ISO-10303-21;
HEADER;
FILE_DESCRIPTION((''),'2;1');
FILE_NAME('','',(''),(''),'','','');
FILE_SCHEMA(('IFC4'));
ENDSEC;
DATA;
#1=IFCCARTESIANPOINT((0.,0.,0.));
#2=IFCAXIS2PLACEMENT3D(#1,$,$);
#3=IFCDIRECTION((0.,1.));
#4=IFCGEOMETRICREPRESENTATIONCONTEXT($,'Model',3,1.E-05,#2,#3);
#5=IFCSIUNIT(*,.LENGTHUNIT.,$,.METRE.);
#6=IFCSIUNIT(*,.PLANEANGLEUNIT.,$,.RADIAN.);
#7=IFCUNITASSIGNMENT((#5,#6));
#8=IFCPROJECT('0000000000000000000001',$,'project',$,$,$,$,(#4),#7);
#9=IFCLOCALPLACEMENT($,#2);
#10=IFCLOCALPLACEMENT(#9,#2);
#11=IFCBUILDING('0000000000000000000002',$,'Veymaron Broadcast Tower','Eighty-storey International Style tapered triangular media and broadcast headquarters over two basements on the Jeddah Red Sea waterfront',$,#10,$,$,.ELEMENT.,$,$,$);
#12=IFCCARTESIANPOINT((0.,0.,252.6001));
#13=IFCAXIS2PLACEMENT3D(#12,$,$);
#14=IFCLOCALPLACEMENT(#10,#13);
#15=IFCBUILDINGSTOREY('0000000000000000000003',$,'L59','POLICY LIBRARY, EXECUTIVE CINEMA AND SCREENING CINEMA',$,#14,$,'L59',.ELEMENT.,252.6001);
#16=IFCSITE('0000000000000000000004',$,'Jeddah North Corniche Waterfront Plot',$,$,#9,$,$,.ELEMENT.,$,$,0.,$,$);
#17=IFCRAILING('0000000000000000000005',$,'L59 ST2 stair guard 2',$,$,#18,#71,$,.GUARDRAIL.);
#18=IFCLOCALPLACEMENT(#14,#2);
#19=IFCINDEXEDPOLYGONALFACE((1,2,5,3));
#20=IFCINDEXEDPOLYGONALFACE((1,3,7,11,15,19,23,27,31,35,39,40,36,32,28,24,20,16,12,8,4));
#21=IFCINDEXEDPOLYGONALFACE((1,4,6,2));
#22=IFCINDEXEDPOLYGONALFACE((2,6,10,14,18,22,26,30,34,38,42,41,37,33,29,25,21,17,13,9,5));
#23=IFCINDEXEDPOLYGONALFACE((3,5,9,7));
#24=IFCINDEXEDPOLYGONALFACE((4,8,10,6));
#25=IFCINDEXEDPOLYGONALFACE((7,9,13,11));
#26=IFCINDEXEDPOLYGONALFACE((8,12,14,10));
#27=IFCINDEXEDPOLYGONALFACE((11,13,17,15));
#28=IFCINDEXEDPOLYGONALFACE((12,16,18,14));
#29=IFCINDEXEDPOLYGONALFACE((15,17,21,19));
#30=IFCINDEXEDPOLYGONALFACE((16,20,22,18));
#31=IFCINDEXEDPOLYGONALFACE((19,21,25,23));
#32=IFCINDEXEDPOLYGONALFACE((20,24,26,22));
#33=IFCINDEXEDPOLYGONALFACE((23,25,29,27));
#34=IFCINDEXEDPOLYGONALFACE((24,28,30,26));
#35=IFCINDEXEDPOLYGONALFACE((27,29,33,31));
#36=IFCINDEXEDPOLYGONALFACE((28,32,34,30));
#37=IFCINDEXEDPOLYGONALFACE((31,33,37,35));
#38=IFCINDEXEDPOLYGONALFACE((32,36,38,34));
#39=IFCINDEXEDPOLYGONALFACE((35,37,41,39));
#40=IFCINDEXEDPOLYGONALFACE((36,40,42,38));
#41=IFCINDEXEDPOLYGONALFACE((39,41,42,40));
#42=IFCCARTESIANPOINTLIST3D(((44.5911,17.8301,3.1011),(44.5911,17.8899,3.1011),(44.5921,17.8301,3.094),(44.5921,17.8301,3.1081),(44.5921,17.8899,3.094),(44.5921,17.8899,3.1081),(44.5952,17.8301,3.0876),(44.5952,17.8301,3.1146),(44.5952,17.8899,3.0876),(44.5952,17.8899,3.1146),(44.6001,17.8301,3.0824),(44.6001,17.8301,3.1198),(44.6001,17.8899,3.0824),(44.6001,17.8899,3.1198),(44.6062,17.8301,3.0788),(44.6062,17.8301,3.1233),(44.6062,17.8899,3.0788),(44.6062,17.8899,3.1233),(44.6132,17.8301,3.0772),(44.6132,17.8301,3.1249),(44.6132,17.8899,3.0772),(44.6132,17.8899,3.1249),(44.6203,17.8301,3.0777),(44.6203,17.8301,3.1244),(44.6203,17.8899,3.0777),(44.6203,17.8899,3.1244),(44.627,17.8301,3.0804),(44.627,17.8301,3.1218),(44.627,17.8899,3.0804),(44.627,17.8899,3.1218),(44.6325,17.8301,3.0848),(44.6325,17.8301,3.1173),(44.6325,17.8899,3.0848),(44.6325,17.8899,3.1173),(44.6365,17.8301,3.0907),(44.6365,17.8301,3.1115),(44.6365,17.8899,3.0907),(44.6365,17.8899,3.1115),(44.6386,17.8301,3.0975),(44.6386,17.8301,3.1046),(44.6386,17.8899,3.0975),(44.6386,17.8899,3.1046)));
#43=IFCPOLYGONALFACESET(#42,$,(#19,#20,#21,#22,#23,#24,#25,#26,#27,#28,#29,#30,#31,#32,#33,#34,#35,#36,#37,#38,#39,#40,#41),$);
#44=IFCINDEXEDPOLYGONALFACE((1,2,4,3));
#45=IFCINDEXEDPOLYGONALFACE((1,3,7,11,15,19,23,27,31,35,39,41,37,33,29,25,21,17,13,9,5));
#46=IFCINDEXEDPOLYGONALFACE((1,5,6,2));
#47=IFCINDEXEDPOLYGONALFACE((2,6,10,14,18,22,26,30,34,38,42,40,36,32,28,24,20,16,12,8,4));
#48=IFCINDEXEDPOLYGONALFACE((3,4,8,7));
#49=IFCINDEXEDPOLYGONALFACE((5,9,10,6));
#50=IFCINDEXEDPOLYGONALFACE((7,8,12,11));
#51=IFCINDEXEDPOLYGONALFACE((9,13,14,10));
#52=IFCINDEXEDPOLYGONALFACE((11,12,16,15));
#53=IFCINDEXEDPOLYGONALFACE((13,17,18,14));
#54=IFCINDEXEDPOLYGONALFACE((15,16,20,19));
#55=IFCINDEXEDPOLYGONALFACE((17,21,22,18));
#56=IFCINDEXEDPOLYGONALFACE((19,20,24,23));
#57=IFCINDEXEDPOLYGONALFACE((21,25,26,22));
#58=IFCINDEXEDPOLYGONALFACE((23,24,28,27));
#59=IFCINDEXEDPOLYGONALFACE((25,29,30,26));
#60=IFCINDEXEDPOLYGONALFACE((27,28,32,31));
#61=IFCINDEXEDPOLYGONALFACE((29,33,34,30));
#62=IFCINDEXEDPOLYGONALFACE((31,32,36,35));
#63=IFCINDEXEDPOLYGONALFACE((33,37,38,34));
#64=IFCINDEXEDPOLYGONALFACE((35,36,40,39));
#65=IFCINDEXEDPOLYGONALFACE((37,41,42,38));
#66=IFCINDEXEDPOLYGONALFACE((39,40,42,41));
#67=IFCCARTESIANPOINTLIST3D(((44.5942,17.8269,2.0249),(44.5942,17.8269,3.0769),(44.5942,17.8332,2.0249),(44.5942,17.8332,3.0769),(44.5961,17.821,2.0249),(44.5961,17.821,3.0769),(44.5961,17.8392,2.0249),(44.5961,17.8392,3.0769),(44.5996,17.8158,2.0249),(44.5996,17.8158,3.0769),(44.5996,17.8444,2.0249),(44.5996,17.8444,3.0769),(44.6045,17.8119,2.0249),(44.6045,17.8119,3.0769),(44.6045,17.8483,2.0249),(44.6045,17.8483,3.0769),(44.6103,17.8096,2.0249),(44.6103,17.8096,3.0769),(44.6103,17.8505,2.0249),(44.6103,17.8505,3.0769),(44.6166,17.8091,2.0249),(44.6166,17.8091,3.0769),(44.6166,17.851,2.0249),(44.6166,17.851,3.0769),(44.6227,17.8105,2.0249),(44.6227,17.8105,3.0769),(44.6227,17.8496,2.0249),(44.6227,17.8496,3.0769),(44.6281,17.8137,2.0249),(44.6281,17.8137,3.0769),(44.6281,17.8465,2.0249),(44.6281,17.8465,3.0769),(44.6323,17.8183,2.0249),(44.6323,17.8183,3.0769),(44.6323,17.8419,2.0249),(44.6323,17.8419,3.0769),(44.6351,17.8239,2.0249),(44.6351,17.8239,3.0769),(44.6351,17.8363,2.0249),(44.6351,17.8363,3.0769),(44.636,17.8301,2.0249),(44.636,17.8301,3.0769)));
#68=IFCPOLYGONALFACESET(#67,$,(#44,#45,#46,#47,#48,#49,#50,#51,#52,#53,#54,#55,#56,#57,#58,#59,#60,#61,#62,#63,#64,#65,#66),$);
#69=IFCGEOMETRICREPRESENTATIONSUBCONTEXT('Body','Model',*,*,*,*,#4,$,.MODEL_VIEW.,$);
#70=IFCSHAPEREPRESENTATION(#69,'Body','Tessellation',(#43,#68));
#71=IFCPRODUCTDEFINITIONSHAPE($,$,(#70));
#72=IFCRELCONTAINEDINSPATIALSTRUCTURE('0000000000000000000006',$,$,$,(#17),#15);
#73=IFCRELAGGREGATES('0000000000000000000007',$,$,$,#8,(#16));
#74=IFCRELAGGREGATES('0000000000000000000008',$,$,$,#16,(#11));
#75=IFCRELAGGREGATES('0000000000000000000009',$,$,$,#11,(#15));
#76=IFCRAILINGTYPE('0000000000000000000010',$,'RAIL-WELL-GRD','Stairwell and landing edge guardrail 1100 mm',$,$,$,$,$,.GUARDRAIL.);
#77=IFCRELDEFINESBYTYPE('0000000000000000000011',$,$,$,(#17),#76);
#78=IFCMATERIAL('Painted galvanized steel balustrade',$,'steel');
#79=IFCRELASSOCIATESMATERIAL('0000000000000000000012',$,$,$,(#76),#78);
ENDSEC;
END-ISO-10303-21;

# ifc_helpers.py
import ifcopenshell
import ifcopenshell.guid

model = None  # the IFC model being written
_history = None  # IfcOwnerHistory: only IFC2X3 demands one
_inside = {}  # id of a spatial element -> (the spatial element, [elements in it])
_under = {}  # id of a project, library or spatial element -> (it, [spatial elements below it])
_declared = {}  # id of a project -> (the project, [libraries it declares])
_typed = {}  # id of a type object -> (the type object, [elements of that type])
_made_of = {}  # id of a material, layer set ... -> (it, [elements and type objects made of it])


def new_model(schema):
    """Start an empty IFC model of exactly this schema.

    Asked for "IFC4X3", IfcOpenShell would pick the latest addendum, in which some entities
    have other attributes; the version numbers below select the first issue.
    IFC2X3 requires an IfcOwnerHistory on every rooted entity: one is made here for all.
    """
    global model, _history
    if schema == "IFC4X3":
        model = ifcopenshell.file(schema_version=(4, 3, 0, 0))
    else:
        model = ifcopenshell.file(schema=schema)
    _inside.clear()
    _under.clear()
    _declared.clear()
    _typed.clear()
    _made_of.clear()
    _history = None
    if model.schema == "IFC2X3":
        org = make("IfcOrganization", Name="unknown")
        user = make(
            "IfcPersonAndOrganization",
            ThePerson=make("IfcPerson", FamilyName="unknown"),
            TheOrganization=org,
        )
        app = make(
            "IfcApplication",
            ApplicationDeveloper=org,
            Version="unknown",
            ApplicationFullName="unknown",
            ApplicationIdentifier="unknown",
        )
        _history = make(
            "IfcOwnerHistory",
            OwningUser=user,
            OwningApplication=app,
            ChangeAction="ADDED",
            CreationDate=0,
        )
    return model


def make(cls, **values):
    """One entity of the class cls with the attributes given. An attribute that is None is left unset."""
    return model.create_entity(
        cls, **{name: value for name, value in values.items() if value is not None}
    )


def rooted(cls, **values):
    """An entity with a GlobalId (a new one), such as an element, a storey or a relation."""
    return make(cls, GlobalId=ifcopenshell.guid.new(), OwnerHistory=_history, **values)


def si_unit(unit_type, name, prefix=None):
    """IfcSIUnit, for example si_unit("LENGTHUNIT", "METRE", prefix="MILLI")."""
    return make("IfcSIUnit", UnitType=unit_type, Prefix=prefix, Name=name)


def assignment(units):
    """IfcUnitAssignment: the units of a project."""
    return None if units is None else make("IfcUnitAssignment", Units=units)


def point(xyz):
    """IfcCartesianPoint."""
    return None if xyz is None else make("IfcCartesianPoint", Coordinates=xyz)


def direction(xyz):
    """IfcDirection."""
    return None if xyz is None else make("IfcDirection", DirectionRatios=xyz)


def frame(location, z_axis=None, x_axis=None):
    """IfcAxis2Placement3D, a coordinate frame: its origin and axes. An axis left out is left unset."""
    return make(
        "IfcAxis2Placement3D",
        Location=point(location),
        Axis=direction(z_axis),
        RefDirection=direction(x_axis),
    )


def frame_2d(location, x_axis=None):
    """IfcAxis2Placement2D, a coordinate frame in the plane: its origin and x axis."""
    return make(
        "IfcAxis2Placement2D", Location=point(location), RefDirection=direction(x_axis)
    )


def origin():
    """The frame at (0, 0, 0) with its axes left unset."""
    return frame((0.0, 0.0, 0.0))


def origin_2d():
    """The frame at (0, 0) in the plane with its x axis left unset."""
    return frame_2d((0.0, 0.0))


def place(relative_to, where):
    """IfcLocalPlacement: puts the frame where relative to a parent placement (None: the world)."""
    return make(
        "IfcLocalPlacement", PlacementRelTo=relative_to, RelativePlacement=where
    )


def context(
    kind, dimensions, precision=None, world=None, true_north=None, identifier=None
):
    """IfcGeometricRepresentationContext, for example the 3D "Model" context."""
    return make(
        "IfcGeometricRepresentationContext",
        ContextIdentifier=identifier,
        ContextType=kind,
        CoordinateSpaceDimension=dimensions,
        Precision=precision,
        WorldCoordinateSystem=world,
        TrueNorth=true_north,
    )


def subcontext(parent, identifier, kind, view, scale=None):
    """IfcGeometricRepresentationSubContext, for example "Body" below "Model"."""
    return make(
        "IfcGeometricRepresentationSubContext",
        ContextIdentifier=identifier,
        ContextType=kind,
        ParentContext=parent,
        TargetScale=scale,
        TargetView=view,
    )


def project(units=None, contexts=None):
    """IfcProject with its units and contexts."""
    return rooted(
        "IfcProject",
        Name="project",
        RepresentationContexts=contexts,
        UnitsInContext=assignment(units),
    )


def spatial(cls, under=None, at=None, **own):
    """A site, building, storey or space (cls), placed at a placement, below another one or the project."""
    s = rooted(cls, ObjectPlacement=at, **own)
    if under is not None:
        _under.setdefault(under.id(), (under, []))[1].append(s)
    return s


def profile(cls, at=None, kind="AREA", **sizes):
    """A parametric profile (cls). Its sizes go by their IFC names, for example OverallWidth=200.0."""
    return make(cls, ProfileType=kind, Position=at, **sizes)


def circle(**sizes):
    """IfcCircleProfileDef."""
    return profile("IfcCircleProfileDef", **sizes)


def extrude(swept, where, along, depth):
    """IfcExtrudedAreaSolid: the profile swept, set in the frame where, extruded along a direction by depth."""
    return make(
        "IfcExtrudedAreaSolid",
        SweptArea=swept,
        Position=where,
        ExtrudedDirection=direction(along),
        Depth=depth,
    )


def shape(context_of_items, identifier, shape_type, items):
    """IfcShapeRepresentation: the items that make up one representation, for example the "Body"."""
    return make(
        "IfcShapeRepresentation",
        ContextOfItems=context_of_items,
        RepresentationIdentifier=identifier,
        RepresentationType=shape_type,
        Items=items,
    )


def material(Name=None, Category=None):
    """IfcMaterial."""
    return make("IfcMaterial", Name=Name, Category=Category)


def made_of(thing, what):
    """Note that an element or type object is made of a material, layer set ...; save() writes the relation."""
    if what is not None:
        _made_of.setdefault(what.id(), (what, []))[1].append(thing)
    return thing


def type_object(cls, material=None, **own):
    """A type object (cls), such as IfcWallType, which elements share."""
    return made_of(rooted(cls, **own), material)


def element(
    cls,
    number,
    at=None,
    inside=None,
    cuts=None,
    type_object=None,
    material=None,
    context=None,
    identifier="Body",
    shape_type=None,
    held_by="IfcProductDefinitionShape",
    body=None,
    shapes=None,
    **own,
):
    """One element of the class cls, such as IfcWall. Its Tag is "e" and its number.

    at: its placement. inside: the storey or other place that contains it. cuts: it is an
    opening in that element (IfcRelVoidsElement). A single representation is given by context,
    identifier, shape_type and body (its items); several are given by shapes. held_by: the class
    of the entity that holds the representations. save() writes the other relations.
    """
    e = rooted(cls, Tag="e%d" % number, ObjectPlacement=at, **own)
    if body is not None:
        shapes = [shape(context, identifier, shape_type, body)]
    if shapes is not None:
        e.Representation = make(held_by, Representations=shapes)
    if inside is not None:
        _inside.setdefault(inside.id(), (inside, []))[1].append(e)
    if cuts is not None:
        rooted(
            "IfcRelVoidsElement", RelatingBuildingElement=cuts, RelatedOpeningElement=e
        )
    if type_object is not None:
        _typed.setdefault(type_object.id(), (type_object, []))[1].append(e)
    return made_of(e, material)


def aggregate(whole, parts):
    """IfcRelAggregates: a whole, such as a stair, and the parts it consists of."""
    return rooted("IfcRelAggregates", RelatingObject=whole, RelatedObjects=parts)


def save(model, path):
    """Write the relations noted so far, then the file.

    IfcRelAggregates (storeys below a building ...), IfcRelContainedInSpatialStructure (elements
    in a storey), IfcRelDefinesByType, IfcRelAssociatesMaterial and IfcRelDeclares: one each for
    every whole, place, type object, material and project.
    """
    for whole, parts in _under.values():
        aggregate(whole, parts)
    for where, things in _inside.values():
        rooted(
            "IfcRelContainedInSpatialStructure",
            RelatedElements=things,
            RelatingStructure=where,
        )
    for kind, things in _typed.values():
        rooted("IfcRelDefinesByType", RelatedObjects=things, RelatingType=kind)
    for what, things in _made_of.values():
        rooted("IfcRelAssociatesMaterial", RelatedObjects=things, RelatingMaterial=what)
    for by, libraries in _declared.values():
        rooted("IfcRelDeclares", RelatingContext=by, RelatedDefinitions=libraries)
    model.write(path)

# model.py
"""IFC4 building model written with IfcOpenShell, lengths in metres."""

from ifc_helpers import new_model, si_unit, direction, frame, origin, origin_2d, place, context, subcontext, project, spatial, circle, extrude, material, type_object, element, save


model = new_model("IFC4")

# Units and contexts
model_context = context("Model", 3, precision=1e-05, world=origin(), true_north=direction((0.0, 1.0)))
body_context = subcontext(model_context, "Body", "Model", "MODEL_VIEW")
ifc_project = project(units=[si_unit("LENGTHUNIT", "METRE"), si_unit("PLANEANGLEUNIT", "RADIAN")], contexts=[model_context])

# Site, building, storey
site_placement = place(None, origin())
site = spatial("IfcSite", under=ifc_project, at=site_placement, Name="Jeddah North Corniche Waterfront Plot", CompositionType="ELEMENT", RefElevation=0.0)
building_placement = place(site_placement, origin())
building = spatial("IfcBuilding", under=site, at=building_placement, Name="Veymaron Broadcast Tower", Description="Eighty-storey International Style tapered triangular media and broadcast headquarters over two basements on the Jeddah Red Sea waterfront", CompositionType="ELEMENT")
storey_placement = place(building_placement, frame((0.0, 0.0, 252.6001)))
storey = spatial("IfcBuildingStorey", under=building, at=storey_placement, Name="L59", Description="POLICY LIBRARY, EXECUTIVE CINEMA AND SCREENING CINEMA", LongName="L59", CompositionType="ELEMENT", Elevation=252.6001)

# Railing
ifc_material_1 = material(Name="Painted galvanized steel balustrade", Category="steel")
railing_type_1 = type_object("IfcRailingType", Name="RAIL-WELL-GRD", Description="Stairwell and landing edge guardrail 1100 mm", PredefinedType="GUARDRAIL", material=ifc_material_1)
railing_1_placement = place(storey_placement, frame((44.615, 17.8301, 2.0249)))
element("IfcRailing", 1, at=railing_1_placement, inside=storey, type_object=railing_type_1, Name="L59 ST2 stair guard 2", PredefinedType="GUARDRAIL", context=body_context, shape_type="SweptSolid", body=[
    extrude(circle(Radius=0.0239, at=origin_2d()), frame((0.0, 0.0, 1.0762), z_axis=(0.0, 1.0, 0.0), x_axis=(-1.0, 0.0, 0.0)), (0.0, 0.0, 1.0), 0.0598),
    extrude(circle(Radius=0.021, at=origin_2d()), origin(), (0.0, 0.0, 1.0), 1.052),
])

save(model, "model.ifc")
